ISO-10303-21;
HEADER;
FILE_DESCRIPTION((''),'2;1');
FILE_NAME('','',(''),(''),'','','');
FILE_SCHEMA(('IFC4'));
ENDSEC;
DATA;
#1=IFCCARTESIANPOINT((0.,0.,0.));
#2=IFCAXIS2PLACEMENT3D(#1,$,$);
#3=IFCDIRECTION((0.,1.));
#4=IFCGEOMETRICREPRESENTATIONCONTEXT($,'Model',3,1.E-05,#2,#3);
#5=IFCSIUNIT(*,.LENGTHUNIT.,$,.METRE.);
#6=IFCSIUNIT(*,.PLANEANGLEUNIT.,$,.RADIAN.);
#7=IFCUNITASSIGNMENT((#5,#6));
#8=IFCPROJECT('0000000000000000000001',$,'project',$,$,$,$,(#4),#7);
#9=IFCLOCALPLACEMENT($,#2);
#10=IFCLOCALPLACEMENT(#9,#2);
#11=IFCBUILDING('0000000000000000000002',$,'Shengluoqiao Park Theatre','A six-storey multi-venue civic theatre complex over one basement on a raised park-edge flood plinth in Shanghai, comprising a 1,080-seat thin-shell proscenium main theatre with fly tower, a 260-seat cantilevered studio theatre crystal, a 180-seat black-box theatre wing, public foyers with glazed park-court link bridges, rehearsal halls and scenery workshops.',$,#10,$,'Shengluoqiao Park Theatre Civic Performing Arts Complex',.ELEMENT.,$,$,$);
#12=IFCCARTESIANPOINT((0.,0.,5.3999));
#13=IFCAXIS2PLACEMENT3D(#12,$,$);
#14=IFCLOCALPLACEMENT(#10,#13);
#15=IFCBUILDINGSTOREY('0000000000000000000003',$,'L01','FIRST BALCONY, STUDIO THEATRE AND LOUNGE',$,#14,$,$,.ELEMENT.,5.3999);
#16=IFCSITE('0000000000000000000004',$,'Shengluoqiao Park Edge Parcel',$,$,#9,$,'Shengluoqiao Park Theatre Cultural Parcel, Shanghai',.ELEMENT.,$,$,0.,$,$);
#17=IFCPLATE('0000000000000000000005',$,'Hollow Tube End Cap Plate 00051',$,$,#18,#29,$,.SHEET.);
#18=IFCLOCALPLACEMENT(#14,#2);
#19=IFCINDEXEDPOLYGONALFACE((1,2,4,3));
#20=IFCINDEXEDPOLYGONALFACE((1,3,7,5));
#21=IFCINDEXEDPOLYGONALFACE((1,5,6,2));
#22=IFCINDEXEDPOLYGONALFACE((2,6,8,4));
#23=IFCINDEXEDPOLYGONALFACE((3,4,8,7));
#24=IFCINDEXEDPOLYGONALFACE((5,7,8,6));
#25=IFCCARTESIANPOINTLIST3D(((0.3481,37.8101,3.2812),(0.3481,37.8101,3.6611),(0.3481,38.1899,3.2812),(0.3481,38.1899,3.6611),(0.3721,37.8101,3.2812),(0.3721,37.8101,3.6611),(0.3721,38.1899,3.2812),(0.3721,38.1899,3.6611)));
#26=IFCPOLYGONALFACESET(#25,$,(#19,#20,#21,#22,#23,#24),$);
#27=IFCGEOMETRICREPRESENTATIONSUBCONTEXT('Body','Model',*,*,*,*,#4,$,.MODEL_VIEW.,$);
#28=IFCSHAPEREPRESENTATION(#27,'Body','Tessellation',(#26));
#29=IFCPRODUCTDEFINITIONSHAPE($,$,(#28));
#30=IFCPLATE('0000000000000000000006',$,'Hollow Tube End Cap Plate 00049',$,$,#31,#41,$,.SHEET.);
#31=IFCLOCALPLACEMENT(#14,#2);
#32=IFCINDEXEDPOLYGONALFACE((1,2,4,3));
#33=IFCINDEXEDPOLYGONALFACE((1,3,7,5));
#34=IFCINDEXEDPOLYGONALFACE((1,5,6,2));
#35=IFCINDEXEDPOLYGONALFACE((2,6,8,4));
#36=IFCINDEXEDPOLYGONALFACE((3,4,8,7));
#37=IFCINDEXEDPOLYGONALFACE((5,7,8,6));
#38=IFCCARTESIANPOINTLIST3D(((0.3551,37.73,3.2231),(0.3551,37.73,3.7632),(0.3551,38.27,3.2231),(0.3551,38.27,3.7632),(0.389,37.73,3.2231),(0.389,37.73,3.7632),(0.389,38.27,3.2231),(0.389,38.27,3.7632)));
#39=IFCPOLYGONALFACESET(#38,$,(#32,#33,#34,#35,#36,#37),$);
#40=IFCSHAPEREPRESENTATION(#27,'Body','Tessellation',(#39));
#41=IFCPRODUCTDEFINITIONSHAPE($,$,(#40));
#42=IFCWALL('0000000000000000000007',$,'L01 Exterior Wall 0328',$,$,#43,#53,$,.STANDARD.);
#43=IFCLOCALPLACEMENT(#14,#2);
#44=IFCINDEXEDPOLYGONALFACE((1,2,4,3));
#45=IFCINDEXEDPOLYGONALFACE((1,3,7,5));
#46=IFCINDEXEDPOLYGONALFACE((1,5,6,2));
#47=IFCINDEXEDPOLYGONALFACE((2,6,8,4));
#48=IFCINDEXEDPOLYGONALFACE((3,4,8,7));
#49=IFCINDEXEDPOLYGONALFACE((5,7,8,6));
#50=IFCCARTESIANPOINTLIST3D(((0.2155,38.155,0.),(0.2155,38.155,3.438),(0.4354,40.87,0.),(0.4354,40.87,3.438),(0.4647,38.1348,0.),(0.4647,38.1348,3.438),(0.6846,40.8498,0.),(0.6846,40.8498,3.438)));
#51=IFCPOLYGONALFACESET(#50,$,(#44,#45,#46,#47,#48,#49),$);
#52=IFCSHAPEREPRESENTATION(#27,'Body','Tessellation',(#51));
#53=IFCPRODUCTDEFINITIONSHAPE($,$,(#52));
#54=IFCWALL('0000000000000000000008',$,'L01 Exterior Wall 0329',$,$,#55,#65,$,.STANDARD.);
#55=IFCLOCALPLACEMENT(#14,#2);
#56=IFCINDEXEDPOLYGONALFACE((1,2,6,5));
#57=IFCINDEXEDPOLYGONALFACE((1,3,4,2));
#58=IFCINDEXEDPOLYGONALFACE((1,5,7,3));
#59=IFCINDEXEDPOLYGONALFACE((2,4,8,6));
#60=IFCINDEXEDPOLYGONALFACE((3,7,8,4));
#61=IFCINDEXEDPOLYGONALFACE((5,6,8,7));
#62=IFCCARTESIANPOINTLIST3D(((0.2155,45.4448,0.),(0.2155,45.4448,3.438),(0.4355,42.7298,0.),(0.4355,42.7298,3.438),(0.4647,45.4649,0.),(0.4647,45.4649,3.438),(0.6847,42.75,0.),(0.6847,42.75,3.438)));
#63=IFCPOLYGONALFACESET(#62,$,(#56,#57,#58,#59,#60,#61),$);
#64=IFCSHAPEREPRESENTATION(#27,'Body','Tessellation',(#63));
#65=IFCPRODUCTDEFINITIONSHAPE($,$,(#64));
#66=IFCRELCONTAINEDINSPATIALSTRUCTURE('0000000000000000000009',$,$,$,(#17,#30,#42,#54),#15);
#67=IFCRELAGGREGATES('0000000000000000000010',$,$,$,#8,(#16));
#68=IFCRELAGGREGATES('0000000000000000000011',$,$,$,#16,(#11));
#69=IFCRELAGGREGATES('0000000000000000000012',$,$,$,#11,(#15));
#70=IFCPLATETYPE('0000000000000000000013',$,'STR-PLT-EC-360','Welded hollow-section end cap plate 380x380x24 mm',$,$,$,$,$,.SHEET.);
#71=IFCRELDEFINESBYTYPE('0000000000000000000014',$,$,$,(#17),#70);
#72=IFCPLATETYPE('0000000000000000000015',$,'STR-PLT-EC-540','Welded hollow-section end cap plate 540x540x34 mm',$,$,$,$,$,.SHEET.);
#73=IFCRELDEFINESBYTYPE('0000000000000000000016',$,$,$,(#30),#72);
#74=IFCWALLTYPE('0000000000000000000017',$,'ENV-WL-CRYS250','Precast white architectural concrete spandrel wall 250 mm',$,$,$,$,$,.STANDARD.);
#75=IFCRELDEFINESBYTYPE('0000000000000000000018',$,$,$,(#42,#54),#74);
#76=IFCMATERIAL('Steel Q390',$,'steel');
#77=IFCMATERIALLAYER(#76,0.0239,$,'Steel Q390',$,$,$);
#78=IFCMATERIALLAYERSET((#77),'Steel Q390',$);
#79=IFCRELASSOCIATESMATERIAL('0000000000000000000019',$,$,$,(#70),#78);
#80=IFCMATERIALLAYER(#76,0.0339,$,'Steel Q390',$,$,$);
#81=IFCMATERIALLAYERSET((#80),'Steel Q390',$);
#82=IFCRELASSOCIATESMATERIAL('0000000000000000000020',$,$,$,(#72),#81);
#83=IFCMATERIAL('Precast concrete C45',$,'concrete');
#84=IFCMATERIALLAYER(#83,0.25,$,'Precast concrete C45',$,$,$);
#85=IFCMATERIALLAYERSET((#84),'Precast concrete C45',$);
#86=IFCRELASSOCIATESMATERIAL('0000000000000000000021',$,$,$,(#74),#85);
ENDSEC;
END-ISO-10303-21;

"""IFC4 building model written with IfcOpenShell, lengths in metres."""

from ifc_helpers import new_model, si_unit, direction, frame, frame_2d, origin, origin_2d, place, context, subcontext, project, spatial, rectangle, extrude, material, layer, layer_set, type_object, element, save


model = new_model("IFC4")

# Units and contexts
model_context = context("Model", 3, precision=1e-05, world=origin(), true_north=direction((0.0, 1.0)))
body_context = subcontext(model_context, "Body", "Model", "MODEL_VIEW")
ifc_project = project(units=[si_unit("LENGTHUNIT", "METRE"), si_unit("PLANEANGLEUNIT", "RADIAN")], contexts=[model_context])

# Site, building, storey
site_placement = place(None, origin())
site = spatial("IfcSite", under=ifc_project, at=site_placement, Name="Shengluoqiao Park Edge Parcel", LongName="Shengluoqiao Park Theatre Cultural Parcel, Shanghai", CompositionType="ELEMENT", RefElevation=0.0)
building_placement = place(site_placement, origin())
building = spatial("IfcBuilding", under=site, at=building_placement, Name="Shengluoqiao Park Theatre", Description="A six-storey multi-venue civic theatre complex over one basement on a raised park-edge flood plinth in Shanghai, comprising a 1,080-seat thin-shell proscenium main theatre with fly tower, a 260-seat cantilevered studio theatre crystal, a 180-seat black-box theatre wing, public foyers with glazed park-court link bridges, rehearsal halls and scenery workshops.", LongName="Shengluoqiao Park Theatre Civic Performing Arts Complex", CompositionType="ELEMENT")
storey_placement = place(building_placement, frame((0.0, 0.0, 5.3999)))
storey = spatial("IfcBuildingStorey", under=building, at=storey_placement, Name="L01", Description="FIRST BALCONY, STUDIO THEATRE AND LOUNGE", CompositionType="ELEMENT", Elevation=5.3999)

# Shared definitions
ifc_material_1 = material(Name="Steel Q390", Category="steel")

# Shared definitions
ifc_material_2 = material(Name="Precast concrete C45", Category="concrete")

# Plates
ifc_layer_1 = layer(ifc_material_1, 0.0239, Name="Steel Q390")
ifc_layer_set_1 = layer_set([ifc_layer_1], Name="Steel Q390")
plate_type_1 = type_object("IfcPlateType", Name="STR-PLT-EC-360", Description="Welded hollow-section end cap plate 380x380x24 mm", PredefinedType="SHEET", material=ifc_layer_set_1)
for number, where, z_axis, x_axis, name in (
    (1, (0.3601, 38.0, 3.2812), (0.0, 0.0, 1.0), (1.0, 0.0, 0.0), "Hollow Tube End Cap Plate 00051"),
):
    element("IfcPlate", number, at=place(storey_placement, frame(where, z_axis=z_axis, x_axis=x_axis)), inside=storey, type_object=plate_type_1, Name=name, PredefinedType="SHEET", context=body_context, shape_type="SweptSolid", body=[
        extrude(rectangle(XDim=0.0239, YDim=0.3799, at=origin_2d()), origin(), (0.0, 0.0, 1.0), 0.3799),
    ])
ifc_layer_2 = layer(ifc_material_1, 0.0339, Name="Steel Q390")
ifc_layer_set_2 = layer_set([ifc_layer_2], Name="Steel Q390")
plate_type_2 = type_object("IfcPlateType", Name="STR-PLT-EC-540", Description="Welded hollow-section end cap plate 540x540x34 mm", PredefinedType="SHEET", material=ifc_layer_set_2)
plate_1_placement = place(storey_placement, frame((0.3721, 38.0, 3.2231), z_axis=(0.0, 0.0, 1.0), x_axis=(-1.0, 0.0, 0.0)))
element("IfcPlate", 2, at=plate_1_placement, inside=storey, type_object=plate_type_2, Name="Hollow Tube End Cap Plate 00049", PredefinedType="SHEET", context=body_context, shape_type="SweptSolid", body=[
    extrude(rectangle(XDim=0.0339, YDim=0.54, at=origin_2d()), origin(), (0.0, 0.0, 1.0), 0.54),
])

# Walls
ifc_layer_3 = layer(ifc_material_2, 0.25, Name="Precast concrete C45")
ifc_layer_set_3 = layer_set([ifc_layer_3], Name="Precast concrete C45")
wall_type = type_object("IfcWallType", Name="ENV-WL-CRYS250", Description="Precast white architectural concrete spandrel wall 250 mm", PredefinedType="STANDARD", material=ifc_layer_set_3)
for number, where, z_axis, x_axis, name in (
    (3, (0.3401, 38.145, 0.0), (0.0, 0.0, 1.0), (0.080753, 0.996734, 0.0), "L01 Exterior Wall 0328"),
    (4, (0.5601, 42.74, 0.0), (0.0, 0.0, 1.0), (-0.080753, 0.996734, 0.0), "L01 Exterior Wall 0329"),
):
    element("IfcWall", number, at=place(storey_placement, frame(where, z_axis=z_axis, x_axis=x_axis)), inside=storey, type_object=wall_type, Name=name, PredefinedType="STANDARD", context=body_context, shape_type="SweptSolid", body=[
        extrude(rectangle(XDim=2.7239, YDim=0.25, at=frame_2d((1.3618, 0.0))), origin(), (0.0, 0.0, 1.0), 3.438),
    ])

save(model, "model.ifc")
